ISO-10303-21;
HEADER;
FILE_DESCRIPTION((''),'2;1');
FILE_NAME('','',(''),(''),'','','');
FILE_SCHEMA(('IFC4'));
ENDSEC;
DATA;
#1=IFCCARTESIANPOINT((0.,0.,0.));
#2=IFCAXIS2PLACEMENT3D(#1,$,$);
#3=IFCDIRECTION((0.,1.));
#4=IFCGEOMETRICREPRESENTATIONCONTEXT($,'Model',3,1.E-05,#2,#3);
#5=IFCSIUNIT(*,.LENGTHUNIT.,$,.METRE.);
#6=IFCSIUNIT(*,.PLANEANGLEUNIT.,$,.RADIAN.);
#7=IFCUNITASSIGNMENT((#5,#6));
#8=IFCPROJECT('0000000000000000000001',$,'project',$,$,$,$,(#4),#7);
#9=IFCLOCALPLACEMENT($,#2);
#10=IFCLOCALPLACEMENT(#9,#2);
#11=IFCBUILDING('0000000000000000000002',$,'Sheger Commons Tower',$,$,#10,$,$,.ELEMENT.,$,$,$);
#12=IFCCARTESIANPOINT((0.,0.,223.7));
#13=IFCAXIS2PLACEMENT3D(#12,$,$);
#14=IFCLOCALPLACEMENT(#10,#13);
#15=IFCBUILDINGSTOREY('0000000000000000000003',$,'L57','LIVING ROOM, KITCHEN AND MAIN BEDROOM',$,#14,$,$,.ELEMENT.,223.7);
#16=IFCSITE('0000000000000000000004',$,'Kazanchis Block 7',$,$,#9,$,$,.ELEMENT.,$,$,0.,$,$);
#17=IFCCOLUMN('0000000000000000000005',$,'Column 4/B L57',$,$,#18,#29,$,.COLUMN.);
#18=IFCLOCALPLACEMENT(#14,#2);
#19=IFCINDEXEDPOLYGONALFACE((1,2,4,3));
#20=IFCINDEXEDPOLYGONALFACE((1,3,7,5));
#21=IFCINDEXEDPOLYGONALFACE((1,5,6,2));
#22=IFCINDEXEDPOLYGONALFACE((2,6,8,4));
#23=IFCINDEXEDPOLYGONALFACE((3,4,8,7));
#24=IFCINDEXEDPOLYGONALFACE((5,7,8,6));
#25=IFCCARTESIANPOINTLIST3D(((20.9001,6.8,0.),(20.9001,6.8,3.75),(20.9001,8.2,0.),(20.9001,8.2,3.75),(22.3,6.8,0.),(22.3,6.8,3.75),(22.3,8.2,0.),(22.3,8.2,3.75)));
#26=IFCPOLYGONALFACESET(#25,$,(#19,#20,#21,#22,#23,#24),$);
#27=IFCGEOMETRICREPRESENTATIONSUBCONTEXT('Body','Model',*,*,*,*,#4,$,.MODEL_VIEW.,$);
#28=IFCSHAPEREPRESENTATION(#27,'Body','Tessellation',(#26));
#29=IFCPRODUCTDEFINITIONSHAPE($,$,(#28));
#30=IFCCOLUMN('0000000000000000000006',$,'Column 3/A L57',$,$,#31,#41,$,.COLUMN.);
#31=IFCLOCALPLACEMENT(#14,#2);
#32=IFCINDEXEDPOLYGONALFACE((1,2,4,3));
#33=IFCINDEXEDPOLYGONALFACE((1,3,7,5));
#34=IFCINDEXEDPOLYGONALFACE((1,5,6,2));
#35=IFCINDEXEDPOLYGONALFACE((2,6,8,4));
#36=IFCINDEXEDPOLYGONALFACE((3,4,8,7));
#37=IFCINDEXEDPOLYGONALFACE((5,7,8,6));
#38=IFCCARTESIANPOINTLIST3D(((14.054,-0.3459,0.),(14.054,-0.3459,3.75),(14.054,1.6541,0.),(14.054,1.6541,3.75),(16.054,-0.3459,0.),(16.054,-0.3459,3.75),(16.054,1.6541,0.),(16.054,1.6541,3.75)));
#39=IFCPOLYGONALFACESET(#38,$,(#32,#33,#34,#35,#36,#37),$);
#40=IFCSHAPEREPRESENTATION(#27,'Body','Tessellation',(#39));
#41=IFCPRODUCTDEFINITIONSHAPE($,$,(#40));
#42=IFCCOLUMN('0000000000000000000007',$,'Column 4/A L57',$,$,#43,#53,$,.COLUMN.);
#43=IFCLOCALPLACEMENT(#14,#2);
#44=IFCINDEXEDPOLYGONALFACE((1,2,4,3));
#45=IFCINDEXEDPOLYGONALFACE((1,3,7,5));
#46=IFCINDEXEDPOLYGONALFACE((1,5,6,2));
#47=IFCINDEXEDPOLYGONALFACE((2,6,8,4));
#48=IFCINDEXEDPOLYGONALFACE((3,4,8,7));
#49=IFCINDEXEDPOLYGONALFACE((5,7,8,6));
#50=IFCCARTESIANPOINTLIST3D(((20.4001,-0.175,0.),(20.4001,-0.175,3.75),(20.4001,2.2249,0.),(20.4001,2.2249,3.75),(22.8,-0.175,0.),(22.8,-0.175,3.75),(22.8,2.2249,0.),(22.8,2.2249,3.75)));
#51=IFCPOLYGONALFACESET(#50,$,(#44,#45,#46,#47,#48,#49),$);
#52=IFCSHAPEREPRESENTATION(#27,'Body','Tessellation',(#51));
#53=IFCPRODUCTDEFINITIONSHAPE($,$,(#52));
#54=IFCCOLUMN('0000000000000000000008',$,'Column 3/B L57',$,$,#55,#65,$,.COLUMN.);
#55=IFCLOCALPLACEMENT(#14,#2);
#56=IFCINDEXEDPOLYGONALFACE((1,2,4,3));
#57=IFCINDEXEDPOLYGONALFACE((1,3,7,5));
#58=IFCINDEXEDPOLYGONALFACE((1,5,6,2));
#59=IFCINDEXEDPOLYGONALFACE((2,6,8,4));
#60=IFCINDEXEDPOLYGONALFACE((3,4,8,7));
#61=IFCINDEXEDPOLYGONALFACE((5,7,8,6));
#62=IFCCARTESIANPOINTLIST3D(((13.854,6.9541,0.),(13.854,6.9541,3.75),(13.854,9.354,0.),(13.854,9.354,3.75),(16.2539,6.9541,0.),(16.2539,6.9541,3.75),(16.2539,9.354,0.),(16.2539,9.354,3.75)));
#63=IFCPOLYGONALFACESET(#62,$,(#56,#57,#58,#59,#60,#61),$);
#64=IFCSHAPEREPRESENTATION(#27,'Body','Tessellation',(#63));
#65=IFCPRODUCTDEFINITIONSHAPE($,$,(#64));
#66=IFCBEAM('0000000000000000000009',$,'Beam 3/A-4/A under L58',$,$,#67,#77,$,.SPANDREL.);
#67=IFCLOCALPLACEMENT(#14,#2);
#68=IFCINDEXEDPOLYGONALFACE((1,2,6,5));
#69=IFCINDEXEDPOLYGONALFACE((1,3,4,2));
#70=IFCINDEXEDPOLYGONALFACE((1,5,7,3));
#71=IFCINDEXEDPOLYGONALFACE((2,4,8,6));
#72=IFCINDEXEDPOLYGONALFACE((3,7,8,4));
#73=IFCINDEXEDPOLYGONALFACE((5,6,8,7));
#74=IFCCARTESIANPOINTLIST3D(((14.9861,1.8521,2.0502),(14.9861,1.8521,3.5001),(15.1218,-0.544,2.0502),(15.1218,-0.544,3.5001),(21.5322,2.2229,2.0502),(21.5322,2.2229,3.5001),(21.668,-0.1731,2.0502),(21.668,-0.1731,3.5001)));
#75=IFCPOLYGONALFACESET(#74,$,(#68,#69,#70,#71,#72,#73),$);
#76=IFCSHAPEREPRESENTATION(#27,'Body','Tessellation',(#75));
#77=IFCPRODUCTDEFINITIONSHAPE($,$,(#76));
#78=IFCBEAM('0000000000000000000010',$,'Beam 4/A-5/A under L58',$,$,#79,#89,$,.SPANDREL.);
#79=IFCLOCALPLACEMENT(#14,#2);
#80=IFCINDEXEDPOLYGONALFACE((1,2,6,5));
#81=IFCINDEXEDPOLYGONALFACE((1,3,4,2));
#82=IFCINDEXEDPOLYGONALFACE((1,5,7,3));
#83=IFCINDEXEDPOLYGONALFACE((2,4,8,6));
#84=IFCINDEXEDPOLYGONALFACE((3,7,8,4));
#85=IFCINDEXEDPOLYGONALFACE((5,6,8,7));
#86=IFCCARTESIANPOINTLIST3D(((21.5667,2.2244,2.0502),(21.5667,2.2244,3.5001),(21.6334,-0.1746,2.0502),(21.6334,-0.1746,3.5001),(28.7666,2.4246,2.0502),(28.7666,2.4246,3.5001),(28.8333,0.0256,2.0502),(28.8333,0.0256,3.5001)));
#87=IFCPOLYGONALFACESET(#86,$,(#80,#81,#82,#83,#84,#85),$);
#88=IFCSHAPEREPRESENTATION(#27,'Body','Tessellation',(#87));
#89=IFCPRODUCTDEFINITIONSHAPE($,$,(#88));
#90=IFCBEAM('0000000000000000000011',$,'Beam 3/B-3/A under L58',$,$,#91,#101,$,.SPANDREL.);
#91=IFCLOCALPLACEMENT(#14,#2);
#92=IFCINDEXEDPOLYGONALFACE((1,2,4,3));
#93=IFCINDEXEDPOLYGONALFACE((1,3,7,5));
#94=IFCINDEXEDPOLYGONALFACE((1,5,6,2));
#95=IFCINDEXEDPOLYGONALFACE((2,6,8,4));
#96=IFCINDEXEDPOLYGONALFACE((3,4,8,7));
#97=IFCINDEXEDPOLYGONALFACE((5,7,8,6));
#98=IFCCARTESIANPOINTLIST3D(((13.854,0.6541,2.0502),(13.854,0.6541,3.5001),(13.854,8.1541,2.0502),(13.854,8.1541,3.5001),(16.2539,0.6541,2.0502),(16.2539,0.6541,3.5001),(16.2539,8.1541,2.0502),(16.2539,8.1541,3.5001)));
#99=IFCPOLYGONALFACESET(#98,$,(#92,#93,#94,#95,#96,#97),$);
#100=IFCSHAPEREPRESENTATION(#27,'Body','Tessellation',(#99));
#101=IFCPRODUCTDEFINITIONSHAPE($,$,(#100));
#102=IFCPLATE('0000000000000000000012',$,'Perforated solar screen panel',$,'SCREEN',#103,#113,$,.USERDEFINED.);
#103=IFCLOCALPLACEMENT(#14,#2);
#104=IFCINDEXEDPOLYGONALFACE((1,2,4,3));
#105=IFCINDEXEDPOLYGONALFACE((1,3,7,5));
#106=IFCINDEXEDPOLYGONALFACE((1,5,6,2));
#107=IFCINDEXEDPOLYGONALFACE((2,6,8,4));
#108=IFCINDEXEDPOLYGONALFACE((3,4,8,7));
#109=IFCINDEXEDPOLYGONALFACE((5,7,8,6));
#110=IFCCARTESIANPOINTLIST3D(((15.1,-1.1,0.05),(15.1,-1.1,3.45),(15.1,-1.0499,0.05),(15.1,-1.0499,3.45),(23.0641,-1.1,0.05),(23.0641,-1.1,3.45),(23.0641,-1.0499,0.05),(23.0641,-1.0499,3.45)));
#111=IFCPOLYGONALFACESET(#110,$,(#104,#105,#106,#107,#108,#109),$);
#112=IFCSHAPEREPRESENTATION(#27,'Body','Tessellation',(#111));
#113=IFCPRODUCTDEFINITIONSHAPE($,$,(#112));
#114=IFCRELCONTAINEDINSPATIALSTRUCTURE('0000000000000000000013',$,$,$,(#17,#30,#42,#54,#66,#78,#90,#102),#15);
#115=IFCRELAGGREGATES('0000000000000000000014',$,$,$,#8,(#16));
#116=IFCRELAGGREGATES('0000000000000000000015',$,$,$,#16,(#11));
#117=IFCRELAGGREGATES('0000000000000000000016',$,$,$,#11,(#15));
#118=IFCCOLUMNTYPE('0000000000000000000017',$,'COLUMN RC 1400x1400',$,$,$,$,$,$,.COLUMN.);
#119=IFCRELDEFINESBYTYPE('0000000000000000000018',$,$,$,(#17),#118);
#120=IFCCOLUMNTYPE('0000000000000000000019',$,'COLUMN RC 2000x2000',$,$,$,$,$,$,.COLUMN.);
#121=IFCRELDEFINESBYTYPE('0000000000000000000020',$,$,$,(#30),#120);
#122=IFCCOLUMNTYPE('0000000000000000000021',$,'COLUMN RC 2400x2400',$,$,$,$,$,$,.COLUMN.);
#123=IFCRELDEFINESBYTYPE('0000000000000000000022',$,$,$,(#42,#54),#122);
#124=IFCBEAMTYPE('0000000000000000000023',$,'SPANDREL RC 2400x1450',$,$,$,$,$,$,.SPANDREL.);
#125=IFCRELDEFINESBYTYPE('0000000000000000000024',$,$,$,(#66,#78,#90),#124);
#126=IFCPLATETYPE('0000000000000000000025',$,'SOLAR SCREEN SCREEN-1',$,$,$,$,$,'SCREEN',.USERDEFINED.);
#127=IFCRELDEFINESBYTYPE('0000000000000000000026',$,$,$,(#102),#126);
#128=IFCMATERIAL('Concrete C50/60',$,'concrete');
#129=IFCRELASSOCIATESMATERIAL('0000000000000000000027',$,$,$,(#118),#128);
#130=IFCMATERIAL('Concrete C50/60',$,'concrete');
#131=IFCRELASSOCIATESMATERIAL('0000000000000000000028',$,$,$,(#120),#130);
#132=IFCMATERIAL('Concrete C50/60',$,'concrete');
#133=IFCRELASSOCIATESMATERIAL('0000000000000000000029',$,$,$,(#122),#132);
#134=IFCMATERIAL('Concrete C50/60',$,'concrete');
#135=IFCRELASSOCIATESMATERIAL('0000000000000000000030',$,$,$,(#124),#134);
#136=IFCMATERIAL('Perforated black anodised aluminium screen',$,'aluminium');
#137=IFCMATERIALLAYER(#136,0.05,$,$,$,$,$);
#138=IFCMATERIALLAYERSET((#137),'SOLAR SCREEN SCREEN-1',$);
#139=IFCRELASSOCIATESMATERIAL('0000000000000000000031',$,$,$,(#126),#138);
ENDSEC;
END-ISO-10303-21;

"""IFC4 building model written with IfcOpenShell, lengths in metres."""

from ifc_helpers import new_model, si_unit, direction, frame, origin, origin_2d, place, context, subcontext, project, spatial, rectangle, extrude, material, layer, layer_set, material_profile, profile_set, type_object, element, save


model = new_model("IFC4")

# Units and contexts
model_context = context("Model", 3, precision=1e-05, world=origin(), true_north=direction((0.0, 1.0)))
body_context = subcontext(model_context, "Body", "Model", "MODEL_VIEW")
ifc_project = project(units=[si_unit("LENGTHUNIT", "METRE"), si_unit("PLANEANGLEUNIT", "RADIAN")], contexts=[model_context])

# Site, building, storey
site_placement = place(None, origin())
site = spatial("IfcSite", under=ifc_project, at=site_placement, Name="Kazanchis Block 7", CompositionType="ELEMENT", RefElevation=0.0)
building_placement = place(site_placement, origin())
building = spatial("IfcBuilding", under=site, at=building_placement, Name="Sheger Commons Tower", CompositionType="ELEMENT")
storey_placement = place(building_placement, frame((0.0, 0.0, 223.7)))
storey = spatial("IfcBuildingStorey", under=building, at=storey_placement, Name="L57", Description="LIVING ROOM, KITCHEN AND MAIN BEDROOM", CompositionType="ELEMENT", Elevation=223.7)

# Columns
ifc_material_1 = material(Name="Concrete C50/60", Category="concrete")
ifc_material_profile_1 = material_profile(ifc_material_1, rectangle(XDim=1.3999, YDim=1.3999, at=origin_2d()), Name="RC 1400x1400")
ifc_profile_set_1 = profile_set([ifc_material_profile_1], Name="Concrete C50/60")
column_type_1 = type_object("IfcColumnType", Name="COLUMN RC 1400x1400", PredefinedType="COLUMN", material=ifc_profile_set_1)
column_1_placement = place(storey_placement, frame((21.6001, 7.5, 0.0), z_axis=(0.0, 0.0, 1.0), x_axis=(1.0, 0.0, 0.0)))
element("IfcColumn", 1, at=column_1_placement, inside=storey, type_object=column_type_1, Name="Column 4/B L57", PredefinedType="COLUMN", context=body_context, shape_type="SweptSolid", body=[
    extrude(rectangle(XDim=1.3999, YDim=1.3999, at=origin_2d()), origin(), (0.0, 0.0, 1.0), 3.75),
])
ifc_material_2 = material(Name="Concrete C50/60", Category="concrete")
ifc_material_profile_2 = material_profile(ifc_material_2, rectangle(XDim=2.0, YDim=2.0, at=origin_2d()), Name="RC 2000x2000")
ifc_profile_set_2 = profile_set([ifc_material_profile_2], Name="Concrete C50/60")
column_type_2 = type_object("IfcColumnType", Name="COLUMN RC 2000x2000", PredefinedType="COLUMN", material=ifc_profile_set_2)
column_2_placement = place(storey_placement, frame((15.054, 0.6541, 0.0), z_axis=(0.0, 0.0, 1.0), x_axis=(1.0, 0.0, 0.0)))
element("IfcColumn", 2, at=column_2_placement, inside=storey, type_object=column_type_2, Name="Column 3/A L57", PredefinedType="COLUMN", context=body_context, shape_type="SweptSolid", body=[
    extrude(rectangle(XDim=2.0, YDim=2.0, at=origin_2d()), origin(), (0.0, 0.0, 1.0), 3.75),
])
ifc_material_3 = material(Name="Concrete C50/60", Category="concrete")
ifc_material_profile_3 = material_profile(ifc_material_3, rectangle(XDim=2.3999, YDim=2.3999, at=origin_2d()), Name="RC 2400x2400")
ifc_profile_set_3 = profile_set([ifc_material_profile_3], Name="Concrete C50/60")
column_type_3 = type_object("IfcColumnType", Name="COLUMN RC 2400x2400", PredefinedType="COLUMN", material=ifc_profile_set_3)
for number, where, z_axis, x_axis, name in (
    (3, (21.6001, 1.0249, 0.0), (0.0, 0.0, 1.0), (1.0, 0.0, 0.0), "Column 4/A L57"),
    (4, (15.054, 8.1541, 0.0), (0.0, 0.0, 1.0), (1.0, 0.0, 0.0), "Column 3/B L57"),
):
    element("IfcColumn", number, at=place(storey_placement, frame(where, z_axis=z_axis, x_axis=x_axis)), inside=storey, type_object=column_type_3, Name=name, PredefinedType="COLUMN", context=body_context, shape_type="SweptSolid", body=[
        extrude(rectangle(XDim=2.3999, YDim=2.3999, at=origin_2d()), origin(), (0.0, 0.0, 1.0), 3.75),
    ])

# Beams
ifc_material_4 = material(Name="Concrete C50/60", Category="concrete")
ifc_material_profile_4 = material_profile(ifc_material_4, rectangle(XDim=2.3999, YDim=1.45, at=origin_2d()), Name="RC 2400x1450")
ifc_profile_set_4 = profile_set([ifc_material_profile_4], Name="Concrete C50/60")
beam_type = type_object("IfcBeamType", Name="SPANDREL RC 2400x1450", PredefinedType="SPANDREL", material=ifc_profile_set_4)
beam_1_placement = place(storey_placement, frame((15.054, 0.6541, 2.7751), z_axis=(0.998399, 0.056561, 0.0), x_axis=(-0.056561, 0.998399, 0.0)))
element("IfcBeam", 5, at=beam_1_placement, inside=storey, type_object=beam_type, Name="Beam 3/A-4/A under L58", PredefinedType="SPANDREL", context=body_context, shape_type="SweptSolid", body=[
    extrude(rectangle(XDim=2.3999, YDim=1.45, at=origin_2d()), origin(), (0.0, 0.0, 1.0), 6.5566),
])
beam_2_placement = place(storey_placement, frame((21.6001, 1.0249, 2.7751), z_axis=(0.999614, 0.027794, 0.0), x_axis=(-0.027794, 0.999614, 0.0)))
element("IfcBeam", 6, at=beam_2_placement, inside=storey, type_object=beam_type, Name="Beam 4/A-5/A under L58", PredefinedType="SPANDREL", context=body_context, shape_type="SweptSolid", body=[
    extrude(rectangle(XDim=2.3999, YDim=1.45, at=origin_2d()), origin(), (0.0, 0.0, 1.0), 7.2026),
])
beam_3_placement = place(storey_placement, frame((15.054, 8.1541, 2.7751), z_axis=(0.0, -1.0, 0.0), x_axis=(1.0, 0.0, 0.0)))
element("IfcBeam", 7, at=beam_3_placement, inside=storey, type_object=beam_type, Name="Beam 3/B-3/A under L58", PredefinedType="SPANDREL", context=body_context, shape_type="SweptSolid", body=[
    extrude(rectangle(XDim=2.3999, YDim=1.45, at=origin_2d()), origin(), (0.0, 0.0, 1.0), 7.5),
])

# Plate
ifc_material_5 = material(Name="Perforated black anodised aluminium screen", Category="aluminium")
ifc_layer_1 = layer(ifc_material_5, 0.05)
ifc_layer_set_1 = layer_set([ifc_layer_1], Name="SOLAR SCREEN SCREEN-1")
plate_type = type_object("IfcPlateType", Name="SOLAR SCREEN SCREEN-1", ElementType="SCREEN", PredefinedType="USERDEFINED", material=ifc_layer_set_1)
plate_placement = place(storey_placement, frame((19.082, -1.075, 0.05), z_axis=(0.0, 0.0, 1.0), x_axis=(1.0, 0.0, 0.0)))
element("IfcPlate", 8, at=plate_placement, inside=storey, type_object=plate_type, Name="Perforated solar screen panel", ObjectType="SCREEN", PredefinedType="USERDEFINED", context=body_context, shape_type="SweptSolid", body=[
    extrude(rectangle(XDim=7.9641, YDim=0.05, at=origin_2d()), origin(), (0.0, 0.0, 1.0), 3.3999),
])

save(model, "model.ifc")
